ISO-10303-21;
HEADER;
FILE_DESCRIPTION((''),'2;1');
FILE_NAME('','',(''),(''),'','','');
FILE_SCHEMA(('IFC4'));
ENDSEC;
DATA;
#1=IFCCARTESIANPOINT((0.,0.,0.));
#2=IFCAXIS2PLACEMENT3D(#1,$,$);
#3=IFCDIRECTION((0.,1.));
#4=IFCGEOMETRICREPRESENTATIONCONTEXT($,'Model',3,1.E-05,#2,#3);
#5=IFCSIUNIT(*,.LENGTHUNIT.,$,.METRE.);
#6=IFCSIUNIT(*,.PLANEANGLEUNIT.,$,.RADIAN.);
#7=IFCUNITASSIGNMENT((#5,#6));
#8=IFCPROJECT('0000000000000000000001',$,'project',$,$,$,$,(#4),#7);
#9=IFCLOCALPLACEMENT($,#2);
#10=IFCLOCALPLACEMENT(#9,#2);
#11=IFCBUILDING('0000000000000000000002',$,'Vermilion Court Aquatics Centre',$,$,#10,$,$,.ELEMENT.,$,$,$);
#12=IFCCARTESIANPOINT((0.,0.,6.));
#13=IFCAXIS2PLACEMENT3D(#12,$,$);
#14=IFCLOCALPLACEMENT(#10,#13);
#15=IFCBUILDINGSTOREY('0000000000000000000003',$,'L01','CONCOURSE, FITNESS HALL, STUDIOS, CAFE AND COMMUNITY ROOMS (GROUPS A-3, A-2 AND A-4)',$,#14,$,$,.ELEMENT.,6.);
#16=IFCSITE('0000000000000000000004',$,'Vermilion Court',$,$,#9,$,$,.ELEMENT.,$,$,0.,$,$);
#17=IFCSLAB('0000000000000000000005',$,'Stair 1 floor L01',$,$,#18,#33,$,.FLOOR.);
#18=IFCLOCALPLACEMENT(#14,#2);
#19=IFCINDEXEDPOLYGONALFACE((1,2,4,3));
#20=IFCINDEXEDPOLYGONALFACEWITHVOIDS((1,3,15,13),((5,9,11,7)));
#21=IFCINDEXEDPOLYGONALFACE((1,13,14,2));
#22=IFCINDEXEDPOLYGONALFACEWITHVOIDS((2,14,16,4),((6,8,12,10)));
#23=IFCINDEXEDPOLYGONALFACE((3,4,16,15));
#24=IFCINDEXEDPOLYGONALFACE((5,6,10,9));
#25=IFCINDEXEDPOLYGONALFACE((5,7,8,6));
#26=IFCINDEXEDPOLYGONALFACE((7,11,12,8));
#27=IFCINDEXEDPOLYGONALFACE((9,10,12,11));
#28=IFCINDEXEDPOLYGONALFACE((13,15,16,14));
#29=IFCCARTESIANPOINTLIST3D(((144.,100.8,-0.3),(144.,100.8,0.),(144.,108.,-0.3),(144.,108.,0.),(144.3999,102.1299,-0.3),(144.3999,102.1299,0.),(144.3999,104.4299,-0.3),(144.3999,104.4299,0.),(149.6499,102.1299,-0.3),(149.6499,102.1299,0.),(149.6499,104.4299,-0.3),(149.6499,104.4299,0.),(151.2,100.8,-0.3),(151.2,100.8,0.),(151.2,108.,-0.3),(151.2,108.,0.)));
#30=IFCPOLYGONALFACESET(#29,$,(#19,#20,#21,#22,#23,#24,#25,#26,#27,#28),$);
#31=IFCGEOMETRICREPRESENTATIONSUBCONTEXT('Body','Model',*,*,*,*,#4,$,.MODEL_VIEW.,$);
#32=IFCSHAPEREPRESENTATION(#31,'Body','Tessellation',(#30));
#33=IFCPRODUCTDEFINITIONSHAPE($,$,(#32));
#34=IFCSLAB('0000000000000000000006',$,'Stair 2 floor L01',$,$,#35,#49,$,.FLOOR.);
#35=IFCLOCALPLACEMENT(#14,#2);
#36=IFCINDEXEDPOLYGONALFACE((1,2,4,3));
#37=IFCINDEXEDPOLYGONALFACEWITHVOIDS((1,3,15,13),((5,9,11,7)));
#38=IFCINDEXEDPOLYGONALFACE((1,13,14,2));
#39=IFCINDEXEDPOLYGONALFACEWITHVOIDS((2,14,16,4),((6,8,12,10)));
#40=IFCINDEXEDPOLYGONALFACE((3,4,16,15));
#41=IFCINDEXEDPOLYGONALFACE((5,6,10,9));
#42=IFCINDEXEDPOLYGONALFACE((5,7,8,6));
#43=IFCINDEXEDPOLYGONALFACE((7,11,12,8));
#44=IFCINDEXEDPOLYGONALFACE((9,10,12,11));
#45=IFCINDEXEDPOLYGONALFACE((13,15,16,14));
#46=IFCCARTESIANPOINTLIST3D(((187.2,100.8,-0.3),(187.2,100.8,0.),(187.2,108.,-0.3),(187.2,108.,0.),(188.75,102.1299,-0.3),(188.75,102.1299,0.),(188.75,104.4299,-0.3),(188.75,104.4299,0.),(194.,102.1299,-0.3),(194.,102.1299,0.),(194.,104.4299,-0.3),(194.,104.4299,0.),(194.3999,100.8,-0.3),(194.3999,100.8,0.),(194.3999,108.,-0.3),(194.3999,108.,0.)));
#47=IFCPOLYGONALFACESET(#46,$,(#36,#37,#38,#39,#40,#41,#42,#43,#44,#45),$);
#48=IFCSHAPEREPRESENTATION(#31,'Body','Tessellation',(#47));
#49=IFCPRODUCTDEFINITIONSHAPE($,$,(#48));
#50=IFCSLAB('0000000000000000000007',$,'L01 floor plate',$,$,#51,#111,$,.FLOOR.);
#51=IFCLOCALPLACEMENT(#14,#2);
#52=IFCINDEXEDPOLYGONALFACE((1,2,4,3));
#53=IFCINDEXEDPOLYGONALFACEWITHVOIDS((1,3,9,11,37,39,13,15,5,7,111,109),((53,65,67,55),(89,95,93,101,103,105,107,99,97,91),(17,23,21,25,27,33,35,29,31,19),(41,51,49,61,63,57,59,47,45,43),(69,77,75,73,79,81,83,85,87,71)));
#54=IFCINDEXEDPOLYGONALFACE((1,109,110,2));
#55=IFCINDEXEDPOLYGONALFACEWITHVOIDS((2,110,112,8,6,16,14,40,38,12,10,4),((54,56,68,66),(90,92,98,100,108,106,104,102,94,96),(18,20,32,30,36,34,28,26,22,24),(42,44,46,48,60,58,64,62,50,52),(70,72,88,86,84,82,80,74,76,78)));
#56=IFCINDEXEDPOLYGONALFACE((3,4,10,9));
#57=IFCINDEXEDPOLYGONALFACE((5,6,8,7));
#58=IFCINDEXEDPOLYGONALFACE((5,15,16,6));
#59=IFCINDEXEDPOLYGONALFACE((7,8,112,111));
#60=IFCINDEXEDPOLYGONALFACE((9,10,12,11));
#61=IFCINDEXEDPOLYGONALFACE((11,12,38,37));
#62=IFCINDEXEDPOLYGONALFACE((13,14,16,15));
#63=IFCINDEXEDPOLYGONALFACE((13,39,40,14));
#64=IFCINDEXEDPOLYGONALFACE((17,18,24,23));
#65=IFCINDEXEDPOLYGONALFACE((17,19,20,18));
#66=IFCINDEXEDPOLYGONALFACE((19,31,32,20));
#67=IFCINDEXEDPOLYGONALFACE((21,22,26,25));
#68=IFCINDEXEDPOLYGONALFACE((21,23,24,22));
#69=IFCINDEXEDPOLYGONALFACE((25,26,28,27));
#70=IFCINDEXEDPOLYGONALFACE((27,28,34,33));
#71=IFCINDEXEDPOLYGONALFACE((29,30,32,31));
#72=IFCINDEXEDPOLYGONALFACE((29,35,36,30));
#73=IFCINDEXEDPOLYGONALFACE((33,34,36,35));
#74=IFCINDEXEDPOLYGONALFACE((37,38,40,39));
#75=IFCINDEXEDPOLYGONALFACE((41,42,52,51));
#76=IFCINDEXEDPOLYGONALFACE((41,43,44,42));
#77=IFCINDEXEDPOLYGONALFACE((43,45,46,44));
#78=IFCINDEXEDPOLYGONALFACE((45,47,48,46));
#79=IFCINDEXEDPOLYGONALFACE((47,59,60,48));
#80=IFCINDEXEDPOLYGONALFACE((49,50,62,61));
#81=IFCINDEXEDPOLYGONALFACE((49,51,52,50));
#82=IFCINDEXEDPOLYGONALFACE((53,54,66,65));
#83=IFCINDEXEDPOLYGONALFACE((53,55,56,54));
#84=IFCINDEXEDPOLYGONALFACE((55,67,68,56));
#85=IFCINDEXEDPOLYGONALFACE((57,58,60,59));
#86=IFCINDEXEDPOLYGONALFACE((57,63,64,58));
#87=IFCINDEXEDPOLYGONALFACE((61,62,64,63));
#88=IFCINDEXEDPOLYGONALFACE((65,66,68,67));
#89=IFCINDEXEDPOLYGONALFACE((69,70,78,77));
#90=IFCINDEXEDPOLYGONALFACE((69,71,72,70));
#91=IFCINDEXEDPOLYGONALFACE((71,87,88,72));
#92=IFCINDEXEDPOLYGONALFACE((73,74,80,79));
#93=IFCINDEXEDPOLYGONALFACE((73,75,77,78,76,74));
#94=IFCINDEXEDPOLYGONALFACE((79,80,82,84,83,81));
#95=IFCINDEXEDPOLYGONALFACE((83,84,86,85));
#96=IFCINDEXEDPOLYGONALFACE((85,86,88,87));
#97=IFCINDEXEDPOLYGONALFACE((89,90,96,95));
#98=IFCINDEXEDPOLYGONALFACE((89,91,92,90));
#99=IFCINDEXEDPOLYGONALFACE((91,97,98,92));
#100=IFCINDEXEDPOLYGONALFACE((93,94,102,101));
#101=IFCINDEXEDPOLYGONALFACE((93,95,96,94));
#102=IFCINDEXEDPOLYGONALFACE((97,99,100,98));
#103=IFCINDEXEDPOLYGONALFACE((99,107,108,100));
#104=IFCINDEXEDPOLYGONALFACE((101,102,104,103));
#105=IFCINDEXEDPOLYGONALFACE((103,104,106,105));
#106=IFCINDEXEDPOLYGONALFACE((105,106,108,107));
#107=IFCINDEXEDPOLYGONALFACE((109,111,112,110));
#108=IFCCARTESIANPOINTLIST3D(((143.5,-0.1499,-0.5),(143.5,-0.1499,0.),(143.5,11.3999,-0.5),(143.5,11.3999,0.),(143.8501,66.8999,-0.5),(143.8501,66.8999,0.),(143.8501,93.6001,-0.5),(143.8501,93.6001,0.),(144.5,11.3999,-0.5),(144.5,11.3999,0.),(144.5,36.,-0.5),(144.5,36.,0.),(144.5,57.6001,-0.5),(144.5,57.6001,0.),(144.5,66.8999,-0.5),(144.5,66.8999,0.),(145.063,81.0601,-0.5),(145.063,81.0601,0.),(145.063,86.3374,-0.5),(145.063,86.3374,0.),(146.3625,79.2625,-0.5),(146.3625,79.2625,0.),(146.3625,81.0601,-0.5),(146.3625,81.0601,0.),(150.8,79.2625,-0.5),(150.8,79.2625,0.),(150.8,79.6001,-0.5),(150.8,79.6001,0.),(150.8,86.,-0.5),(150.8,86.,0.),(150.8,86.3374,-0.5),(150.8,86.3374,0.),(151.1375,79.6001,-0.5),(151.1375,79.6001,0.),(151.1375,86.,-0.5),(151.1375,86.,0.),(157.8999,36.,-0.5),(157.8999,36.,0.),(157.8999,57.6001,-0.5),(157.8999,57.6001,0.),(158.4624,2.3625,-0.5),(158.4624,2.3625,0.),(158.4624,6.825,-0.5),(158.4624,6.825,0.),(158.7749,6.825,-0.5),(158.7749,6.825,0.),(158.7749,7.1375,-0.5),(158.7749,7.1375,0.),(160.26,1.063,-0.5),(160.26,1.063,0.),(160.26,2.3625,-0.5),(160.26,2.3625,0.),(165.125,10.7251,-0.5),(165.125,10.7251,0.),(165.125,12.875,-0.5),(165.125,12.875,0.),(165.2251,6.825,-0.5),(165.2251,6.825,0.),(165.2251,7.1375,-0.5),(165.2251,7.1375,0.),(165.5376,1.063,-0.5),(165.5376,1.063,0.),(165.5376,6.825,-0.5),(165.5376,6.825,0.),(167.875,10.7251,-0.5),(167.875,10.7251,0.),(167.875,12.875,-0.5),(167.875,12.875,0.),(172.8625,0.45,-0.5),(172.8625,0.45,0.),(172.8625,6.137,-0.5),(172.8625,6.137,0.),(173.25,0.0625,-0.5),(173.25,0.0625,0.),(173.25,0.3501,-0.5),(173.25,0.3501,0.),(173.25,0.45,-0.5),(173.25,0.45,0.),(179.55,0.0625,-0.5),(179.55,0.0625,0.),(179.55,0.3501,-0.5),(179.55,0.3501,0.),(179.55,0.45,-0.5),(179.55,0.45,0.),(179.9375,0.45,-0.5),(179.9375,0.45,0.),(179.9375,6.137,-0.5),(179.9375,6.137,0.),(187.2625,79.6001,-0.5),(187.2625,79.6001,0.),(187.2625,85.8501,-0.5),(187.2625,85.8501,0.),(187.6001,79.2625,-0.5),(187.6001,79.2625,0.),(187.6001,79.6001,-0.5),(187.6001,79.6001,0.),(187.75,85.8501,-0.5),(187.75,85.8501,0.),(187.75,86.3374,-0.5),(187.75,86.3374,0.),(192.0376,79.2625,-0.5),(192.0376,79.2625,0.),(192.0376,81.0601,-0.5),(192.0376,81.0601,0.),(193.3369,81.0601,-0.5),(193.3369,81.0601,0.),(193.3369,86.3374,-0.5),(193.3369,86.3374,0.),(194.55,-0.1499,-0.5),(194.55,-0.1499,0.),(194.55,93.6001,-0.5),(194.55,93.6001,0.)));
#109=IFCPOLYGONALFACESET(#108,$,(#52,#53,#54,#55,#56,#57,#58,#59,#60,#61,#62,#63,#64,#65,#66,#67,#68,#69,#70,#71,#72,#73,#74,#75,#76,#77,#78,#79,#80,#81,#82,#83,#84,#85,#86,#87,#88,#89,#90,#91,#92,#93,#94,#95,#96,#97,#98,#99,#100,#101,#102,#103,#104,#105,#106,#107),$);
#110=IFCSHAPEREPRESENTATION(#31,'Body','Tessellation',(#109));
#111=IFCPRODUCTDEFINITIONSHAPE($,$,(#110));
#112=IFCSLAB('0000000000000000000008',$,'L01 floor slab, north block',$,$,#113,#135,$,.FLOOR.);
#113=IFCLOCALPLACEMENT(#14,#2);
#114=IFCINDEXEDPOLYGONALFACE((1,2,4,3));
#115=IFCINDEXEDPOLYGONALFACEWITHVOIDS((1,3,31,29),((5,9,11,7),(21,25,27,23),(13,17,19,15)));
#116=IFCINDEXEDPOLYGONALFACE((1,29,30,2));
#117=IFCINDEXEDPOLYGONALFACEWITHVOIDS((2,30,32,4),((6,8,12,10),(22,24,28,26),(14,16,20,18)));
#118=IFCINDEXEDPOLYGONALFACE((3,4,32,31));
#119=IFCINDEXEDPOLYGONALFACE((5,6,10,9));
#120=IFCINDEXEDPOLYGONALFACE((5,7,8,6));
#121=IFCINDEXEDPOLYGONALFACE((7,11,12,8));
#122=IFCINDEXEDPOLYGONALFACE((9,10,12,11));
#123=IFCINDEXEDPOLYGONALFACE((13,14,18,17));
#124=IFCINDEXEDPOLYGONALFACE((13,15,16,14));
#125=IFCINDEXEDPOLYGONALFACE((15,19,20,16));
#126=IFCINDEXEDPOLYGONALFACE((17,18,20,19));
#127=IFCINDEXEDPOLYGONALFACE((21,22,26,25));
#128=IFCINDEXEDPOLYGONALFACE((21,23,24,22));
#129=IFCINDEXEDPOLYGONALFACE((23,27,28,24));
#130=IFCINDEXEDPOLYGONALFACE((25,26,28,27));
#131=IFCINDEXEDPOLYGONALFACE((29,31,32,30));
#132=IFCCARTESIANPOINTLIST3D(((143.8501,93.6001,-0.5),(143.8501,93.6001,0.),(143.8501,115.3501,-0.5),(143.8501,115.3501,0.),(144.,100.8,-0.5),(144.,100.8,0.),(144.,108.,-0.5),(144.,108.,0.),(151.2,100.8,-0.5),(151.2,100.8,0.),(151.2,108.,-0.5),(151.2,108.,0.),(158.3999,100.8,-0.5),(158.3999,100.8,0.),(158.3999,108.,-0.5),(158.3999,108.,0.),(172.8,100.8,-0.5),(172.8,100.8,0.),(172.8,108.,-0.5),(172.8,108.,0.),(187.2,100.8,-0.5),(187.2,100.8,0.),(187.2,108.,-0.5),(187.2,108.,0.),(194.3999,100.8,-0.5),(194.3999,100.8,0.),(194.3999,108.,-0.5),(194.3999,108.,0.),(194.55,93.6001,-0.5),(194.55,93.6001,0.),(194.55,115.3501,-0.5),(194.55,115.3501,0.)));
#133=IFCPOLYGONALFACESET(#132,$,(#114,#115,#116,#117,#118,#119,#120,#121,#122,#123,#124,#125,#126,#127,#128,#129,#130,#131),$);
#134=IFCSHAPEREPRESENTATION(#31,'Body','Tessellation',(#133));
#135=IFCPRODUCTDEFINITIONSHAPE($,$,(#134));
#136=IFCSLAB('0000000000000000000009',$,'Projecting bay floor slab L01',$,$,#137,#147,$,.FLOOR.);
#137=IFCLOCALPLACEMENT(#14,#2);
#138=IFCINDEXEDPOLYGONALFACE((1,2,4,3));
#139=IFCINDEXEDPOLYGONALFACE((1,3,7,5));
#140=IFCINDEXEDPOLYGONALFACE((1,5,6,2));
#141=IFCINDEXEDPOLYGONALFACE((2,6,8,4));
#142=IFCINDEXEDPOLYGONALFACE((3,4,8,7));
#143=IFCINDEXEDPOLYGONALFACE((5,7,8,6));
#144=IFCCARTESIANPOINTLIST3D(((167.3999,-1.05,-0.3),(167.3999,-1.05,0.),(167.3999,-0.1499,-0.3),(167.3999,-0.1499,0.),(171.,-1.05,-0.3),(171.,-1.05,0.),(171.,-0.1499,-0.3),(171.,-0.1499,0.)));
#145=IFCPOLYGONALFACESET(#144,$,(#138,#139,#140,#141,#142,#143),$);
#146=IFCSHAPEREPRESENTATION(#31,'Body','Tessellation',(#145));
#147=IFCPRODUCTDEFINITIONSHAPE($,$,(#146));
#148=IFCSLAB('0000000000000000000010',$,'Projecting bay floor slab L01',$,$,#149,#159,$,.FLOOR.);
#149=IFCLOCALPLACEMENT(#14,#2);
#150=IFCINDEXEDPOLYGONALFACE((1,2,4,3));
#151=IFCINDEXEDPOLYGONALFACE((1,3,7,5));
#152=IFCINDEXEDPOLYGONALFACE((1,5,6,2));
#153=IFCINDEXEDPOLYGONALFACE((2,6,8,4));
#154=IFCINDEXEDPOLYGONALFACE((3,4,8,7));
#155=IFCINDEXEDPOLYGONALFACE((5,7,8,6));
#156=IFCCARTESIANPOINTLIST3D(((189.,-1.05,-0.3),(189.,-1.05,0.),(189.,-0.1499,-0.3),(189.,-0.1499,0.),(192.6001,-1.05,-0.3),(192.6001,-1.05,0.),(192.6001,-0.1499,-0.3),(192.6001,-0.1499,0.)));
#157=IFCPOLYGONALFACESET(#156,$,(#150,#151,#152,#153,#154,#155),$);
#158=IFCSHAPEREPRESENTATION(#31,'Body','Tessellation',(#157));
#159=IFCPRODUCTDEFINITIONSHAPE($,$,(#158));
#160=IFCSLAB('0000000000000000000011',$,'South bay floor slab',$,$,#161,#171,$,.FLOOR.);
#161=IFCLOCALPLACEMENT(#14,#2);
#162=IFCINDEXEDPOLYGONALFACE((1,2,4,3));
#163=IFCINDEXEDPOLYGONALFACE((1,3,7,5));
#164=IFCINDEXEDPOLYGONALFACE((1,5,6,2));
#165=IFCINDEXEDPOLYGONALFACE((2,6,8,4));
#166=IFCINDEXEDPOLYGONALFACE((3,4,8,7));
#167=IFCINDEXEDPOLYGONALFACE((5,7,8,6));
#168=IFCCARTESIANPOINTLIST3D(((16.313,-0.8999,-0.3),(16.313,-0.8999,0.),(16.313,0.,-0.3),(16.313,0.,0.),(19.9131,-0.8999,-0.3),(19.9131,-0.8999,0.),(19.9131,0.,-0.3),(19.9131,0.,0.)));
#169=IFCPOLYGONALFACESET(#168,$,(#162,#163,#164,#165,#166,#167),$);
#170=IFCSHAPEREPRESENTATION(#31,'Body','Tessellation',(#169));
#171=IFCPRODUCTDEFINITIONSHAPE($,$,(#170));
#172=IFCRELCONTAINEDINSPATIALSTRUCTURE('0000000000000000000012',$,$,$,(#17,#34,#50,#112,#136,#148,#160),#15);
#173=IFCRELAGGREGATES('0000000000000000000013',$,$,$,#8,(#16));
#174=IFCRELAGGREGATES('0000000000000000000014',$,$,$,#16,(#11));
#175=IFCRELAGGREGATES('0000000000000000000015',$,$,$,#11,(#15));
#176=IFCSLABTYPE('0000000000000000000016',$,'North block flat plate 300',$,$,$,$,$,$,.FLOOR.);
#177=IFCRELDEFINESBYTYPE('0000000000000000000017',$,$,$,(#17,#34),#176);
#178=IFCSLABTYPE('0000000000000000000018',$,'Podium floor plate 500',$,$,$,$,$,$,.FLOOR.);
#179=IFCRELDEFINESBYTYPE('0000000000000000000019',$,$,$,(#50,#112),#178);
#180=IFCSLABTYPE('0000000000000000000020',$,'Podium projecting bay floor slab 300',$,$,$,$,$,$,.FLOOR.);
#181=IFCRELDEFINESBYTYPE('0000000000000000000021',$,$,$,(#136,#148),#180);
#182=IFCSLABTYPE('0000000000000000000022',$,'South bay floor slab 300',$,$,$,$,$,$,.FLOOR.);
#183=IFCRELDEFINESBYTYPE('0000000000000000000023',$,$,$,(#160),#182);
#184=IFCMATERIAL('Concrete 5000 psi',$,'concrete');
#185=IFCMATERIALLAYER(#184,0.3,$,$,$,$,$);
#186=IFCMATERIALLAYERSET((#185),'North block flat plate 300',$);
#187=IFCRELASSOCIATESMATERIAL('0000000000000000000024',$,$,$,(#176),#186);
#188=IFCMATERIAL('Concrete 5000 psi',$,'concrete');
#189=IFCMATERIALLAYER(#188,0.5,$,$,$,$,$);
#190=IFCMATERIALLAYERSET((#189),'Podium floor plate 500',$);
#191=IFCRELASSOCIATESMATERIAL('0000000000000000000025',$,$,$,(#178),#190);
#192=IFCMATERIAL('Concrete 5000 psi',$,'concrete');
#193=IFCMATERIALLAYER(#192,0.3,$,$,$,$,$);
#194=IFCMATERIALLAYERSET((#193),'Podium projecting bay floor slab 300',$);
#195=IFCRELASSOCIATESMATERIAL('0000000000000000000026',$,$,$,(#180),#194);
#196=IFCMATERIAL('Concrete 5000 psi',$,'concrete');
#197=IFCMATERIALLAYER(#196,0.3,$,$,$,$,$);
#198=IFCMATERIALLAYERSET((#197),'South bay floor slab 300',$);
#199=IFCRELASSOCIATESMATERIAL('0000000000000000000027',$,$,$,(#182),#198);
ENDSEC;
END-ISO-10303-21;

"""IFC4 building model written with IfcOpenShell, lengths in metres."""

from ifc_helpers import new_model, si_unit, direction, frame, origin, place, context, subcontext, project, spatial, polyline, outline, extrude, material, layer, layer_set, type_object, element, save


model = new_model("IFC4")

# Units and contexts
model_context = context("Model", 3, precision=1e-05, world=origin(), true_north=direction((0.0, 1.0)))
body_context = subcontext(model_context, "Body", "Model", "MODEL_VIEW")
ifc_project = project(units=[si_unit("LENGTHUNIT", "METRE"), si_unit("PLANEANGLEUNIT", "RADIAN")], contexts=[model_context])

# Site, building, storey
site_placement = place(None, origin())
site = spatial("IfcSite", under=ifc_project, at=site_placement, Name="Vermilion Court", CompositionType="ELEMENT", RefElevation=0.0)
building_placement = place(site_placement, origin())
building = spatial("IfcBuilding", under=site, at=building_placement, Name="Vermilion Court Aquatics Centre", CompositionType="ELEMENT")
storey_placement = place(building_placement, frame((0.0, 0.0, 6.0)))
storey = spatial("IfcBuildingStorey", under=building, at=storey_placement, Name="L01", Description="CONCOURSE, FITNESS HALL, STUDIOS, CAFE AND COMMUNITY ROOMS (GROUPS A-3, A-2 AND A-4)", CompositionType="ELEMENT", Elevation=6.0)

# Slabs
ifc_material_1 = material(Name="Concrete 5000 psi", Category="concrete")
ifc_layer_1 = layer(ifc_material_1, 0.3)
ifc_layer_set_1 = layer_set([ifc_layer_1], Name="North block flat plate 300")
slab_type_1 = type_object("IfcSlabType", Name="North block flat plate 300", PredefinedType="FLOOR", material=ifc_layer_set_1)
slab_1_placement = place(storey_placement, frame((0.0, 0.0, -0.3)))
element("IfcSlab", 1, at=slab_1_placement, inside=storey, type_object=slab_type_1, Name="Stair 1 floor L01", PredefinedType="FLOOR", context=body_context, shape_type="SweptSolid", body=[
    extrude(outline(polyline([(144.0, 100.8), (151.2, 100.8), (151.2, 108.0), (144.0, 108.0), (144.0, 100.8)]), holes=[polyline([(144.3999, 102.1299), (149.6499, 102.1299), (149.6499, 104.4299), (144.3999, 104.4299), (144.3999, 102.1299)])]), origin(), (0.0, 0.0, 1.0), 0.3),
])
slab_2_placement = place(storey_placement, frame((0.0, 0.0, -0.3)))
element("IfcSlab", 2, at=slab_2_placement, inside=storey, type_object=slab_type_1, Name="Stair 2 floor L01", PredefinedType="FLOOR", context=body_context, shape_type="SweptSolid", body=[
    extrude(outline(polyline([(187.2, 100.8), (194.3999, 100.8), (194.3999, 108.0), (187.2, 108.0), (187.2, 100.8)]), holes=[polyline([(188.75, 102.1299), (194.0, 102.1299), (194.0, 104.4299), (188.75, 104.4299), (188.75, 102.1299)])]), origin(), (0.0, 0.0, 1.0), 0.3),
])
ifc_material_2 = material(Name="Concrete 5000 psi", Category="concrete")
ifc_layer_2 = layer(ifc_material_2, 0.5)
ifc_layer_set_2 = layer_set([ifc_layer_2], Name="Podium floor plate 500")
slab_type_2 = type_object("IfcSlabType", Name="Podium floor plate 500", PredefinedType="FLOOR", material=ifc_layer_set_2)
slab_3_placement = place(storey_placement, frame((0.0, 0.0, -0.5)))
element("IfcSlab", 3, at=slab_3_placement, inside=storey, type_object=slab_type_2, Name="L01 floor plate", PredefinedType="FLOOR", context=body_context, shape_type="SweptSolid", body=[
    extrude(outline(polyline([(194.55, -0.1499), (143.5, -0.1499), (143.5, 11.3999), (144.5, 11.3999), (144.5, 36.0), (157.8999, 36.0), (157.8999, 57.6001), (144.5, 57.6001), (144.5, 66.8999), (143.8501, 66.8999), (143.8501, 93.6001), (194.55, 93.6001), (194.55, -0.1499)]), holes=[polyline([(179.55, 0.3501), (179.55, 0.45), (179.9375, 0.45), (179.9375, 6.137), (172.8625, 6.137), (172.8625, 0.45), (173.25, 0.45), (173.25, 0.3501), (173.25, 0.0625), (179.55, 0.0625), (179.55, 0.3501)]), polyline([(158.7749, 7.1375), (158.7749, 6.825), (158.4624, 6.825), (158.4624, 2.3625), (160.26, 2.3625), (160.26, 1.063), (165.5376, 1.063), (165.5376, 6.825), (165.2251, 6.825), (165.2251, 7.1375), (158.7749, 7.1375)]), polyline([(150.8, 79.6001), (151.1375, 79.6001), (151.1375, 86.0), (150.8, 86.0), (150.8, 86.3374), (145.063, 86.3374), (145.063, 81.0601), (146.3625, 81.0601), (146.3625, 79.2625), (150.8, 79.2625), (150.8, 79.6001)]), polyline([(187.2625, 79.6001), (187.6001, 79.6001), (187.6001, 79.2625), (192.0376, 79.2625), (192.0376, 81.0601), (193.3369, 81.0601), (193.3369, 86.3374), (187.75, 86.3374), (187.75, 85.8501), (187.2625, 85.8501), (187.2625, 79.6001)]), polyline([(165.125, 12.875), (165.125, 10.7251), (167.875, 10.7251), (167.875, 12.875), (165.125, 12.875)])]), origin(), (0.0, 0.0, 1.0), 0.5),
])
slab_4_placement = place(storey_placement, frame((0.0, 0.0, -0.5)))
element("IfcSlab", 4, at=slab_4_placement, inside=storey, type_object=slab_type_2, Name="L01 floor slab, north block", PredefinedType="FLOOR", context=body_context, shape_type="SweptSolid", body=[
    extrude(outline(polyline([(194.55, 115.3501), (194.55, 93.6001), (143.8501, 93.6001), (143.8501, 115.3501), (194.55, 115.3501)]), holes=[polyline([(144.0, 108.0), (144.0, 100.8), (151.2, 100.8), (151.2, 108.0), (144.0, 108.0)]), polyline([(158.3999, 108.0), (158.3999, 100.8), (172.8, 100.8), (172.8, 108.0), (158.3999, 108.0)]), polyline([(187.2, 108.0), (187.2, 100.8), (194.3999, 100.8), (194.3999, 108.0), (187.2, 108.0)])]), origin(), (0.0, 0.0, 1.0), 0.5),
])
ifc_material_3 = material(Name="Concrete 5000 psi", Category="concrete")
ifc_layer_3 = layer(ifc_material_3, 0.3)
ifc_layer_set_3 = layer_set([ifc_layer_3], Name="Podium projecting bay floor slab 300")
slab_type_3 = type_object("IfcSlabType", Name="Podium projecting bay floor slab 300", PredefinedType="FLOOR", material=ifc_layer_set_3)
slab_5_placement = place(storey_placement, frame((0.0, 0.0, -0.3)))
element("IfcSlab", 5, at=slab_5_placement, inside=storey, type_object=slab_type_3, Name="Projecting bay floor slab L01", PredefinedType="FLOOR", context=body_context, shape_type="SweptSolid", body=[
    extrude(outline(polyline([(171.0, -1.05), (171.0, -0.1499), (167.3999, -0.1499), (167.3999, -1.05), (171.0, -1.05)])), origin(), (0.0, 0.0, 1.0), 0.3),
])
slab_6_placement = place(storey_placement, frame((0.0, 0.0, -0.3)))
element("IfcSlab", 6, at=slab_6_placement, inside=storey, type_object=slab_type_3, Name="Projecting bay floor slab L01", PredefinedType="FLOOR", context=body_context, shape_type="SweptSolid", body=[
    extrude(outline(polyline([(192.6001, -1.05), (192.6001, -0.1499), (189.0, -0.1499), (189.0, -1.05), (192.6001, -1.05)])), origin(), (0.0, 0.0, 1.0), 0.3),
])
ifc_material_4 = material(Name="Concrete 5000 psi", Category="concrete")
ifc_layer_4 = layer(ifc_material_4, 0.3)
ifc_layer_set_4 = layer_set([ifc_layer_4], Name="South bay floor slab 300")
slab_type_4 = type_object("IfcSlabType", Name="South bay floor slab 300", PredefinedType="FLOOR", material=ifc_layer_set_4)
slab_7_placement = place(storey_placement, frame((0.0, 0.0, -0.3)))
element("IfcSlab", 7, at=slab_7_placement, inside=storey, type_object=slab_type_4, Name="South bay floor slab", PredefinedType="FLOOR", context=body_context, shape_type="SweptSolid", body=[
    extrude(outline(polyline([(16.313, -0.8999), (19.9131, -0.8999), (19.9131, 0.0), (16.313, 0.0), (16.313, -0.8999)])), origin(), (0.0, 0.0, 1.0), 0.3),
])

save(model, "model.ifc")
